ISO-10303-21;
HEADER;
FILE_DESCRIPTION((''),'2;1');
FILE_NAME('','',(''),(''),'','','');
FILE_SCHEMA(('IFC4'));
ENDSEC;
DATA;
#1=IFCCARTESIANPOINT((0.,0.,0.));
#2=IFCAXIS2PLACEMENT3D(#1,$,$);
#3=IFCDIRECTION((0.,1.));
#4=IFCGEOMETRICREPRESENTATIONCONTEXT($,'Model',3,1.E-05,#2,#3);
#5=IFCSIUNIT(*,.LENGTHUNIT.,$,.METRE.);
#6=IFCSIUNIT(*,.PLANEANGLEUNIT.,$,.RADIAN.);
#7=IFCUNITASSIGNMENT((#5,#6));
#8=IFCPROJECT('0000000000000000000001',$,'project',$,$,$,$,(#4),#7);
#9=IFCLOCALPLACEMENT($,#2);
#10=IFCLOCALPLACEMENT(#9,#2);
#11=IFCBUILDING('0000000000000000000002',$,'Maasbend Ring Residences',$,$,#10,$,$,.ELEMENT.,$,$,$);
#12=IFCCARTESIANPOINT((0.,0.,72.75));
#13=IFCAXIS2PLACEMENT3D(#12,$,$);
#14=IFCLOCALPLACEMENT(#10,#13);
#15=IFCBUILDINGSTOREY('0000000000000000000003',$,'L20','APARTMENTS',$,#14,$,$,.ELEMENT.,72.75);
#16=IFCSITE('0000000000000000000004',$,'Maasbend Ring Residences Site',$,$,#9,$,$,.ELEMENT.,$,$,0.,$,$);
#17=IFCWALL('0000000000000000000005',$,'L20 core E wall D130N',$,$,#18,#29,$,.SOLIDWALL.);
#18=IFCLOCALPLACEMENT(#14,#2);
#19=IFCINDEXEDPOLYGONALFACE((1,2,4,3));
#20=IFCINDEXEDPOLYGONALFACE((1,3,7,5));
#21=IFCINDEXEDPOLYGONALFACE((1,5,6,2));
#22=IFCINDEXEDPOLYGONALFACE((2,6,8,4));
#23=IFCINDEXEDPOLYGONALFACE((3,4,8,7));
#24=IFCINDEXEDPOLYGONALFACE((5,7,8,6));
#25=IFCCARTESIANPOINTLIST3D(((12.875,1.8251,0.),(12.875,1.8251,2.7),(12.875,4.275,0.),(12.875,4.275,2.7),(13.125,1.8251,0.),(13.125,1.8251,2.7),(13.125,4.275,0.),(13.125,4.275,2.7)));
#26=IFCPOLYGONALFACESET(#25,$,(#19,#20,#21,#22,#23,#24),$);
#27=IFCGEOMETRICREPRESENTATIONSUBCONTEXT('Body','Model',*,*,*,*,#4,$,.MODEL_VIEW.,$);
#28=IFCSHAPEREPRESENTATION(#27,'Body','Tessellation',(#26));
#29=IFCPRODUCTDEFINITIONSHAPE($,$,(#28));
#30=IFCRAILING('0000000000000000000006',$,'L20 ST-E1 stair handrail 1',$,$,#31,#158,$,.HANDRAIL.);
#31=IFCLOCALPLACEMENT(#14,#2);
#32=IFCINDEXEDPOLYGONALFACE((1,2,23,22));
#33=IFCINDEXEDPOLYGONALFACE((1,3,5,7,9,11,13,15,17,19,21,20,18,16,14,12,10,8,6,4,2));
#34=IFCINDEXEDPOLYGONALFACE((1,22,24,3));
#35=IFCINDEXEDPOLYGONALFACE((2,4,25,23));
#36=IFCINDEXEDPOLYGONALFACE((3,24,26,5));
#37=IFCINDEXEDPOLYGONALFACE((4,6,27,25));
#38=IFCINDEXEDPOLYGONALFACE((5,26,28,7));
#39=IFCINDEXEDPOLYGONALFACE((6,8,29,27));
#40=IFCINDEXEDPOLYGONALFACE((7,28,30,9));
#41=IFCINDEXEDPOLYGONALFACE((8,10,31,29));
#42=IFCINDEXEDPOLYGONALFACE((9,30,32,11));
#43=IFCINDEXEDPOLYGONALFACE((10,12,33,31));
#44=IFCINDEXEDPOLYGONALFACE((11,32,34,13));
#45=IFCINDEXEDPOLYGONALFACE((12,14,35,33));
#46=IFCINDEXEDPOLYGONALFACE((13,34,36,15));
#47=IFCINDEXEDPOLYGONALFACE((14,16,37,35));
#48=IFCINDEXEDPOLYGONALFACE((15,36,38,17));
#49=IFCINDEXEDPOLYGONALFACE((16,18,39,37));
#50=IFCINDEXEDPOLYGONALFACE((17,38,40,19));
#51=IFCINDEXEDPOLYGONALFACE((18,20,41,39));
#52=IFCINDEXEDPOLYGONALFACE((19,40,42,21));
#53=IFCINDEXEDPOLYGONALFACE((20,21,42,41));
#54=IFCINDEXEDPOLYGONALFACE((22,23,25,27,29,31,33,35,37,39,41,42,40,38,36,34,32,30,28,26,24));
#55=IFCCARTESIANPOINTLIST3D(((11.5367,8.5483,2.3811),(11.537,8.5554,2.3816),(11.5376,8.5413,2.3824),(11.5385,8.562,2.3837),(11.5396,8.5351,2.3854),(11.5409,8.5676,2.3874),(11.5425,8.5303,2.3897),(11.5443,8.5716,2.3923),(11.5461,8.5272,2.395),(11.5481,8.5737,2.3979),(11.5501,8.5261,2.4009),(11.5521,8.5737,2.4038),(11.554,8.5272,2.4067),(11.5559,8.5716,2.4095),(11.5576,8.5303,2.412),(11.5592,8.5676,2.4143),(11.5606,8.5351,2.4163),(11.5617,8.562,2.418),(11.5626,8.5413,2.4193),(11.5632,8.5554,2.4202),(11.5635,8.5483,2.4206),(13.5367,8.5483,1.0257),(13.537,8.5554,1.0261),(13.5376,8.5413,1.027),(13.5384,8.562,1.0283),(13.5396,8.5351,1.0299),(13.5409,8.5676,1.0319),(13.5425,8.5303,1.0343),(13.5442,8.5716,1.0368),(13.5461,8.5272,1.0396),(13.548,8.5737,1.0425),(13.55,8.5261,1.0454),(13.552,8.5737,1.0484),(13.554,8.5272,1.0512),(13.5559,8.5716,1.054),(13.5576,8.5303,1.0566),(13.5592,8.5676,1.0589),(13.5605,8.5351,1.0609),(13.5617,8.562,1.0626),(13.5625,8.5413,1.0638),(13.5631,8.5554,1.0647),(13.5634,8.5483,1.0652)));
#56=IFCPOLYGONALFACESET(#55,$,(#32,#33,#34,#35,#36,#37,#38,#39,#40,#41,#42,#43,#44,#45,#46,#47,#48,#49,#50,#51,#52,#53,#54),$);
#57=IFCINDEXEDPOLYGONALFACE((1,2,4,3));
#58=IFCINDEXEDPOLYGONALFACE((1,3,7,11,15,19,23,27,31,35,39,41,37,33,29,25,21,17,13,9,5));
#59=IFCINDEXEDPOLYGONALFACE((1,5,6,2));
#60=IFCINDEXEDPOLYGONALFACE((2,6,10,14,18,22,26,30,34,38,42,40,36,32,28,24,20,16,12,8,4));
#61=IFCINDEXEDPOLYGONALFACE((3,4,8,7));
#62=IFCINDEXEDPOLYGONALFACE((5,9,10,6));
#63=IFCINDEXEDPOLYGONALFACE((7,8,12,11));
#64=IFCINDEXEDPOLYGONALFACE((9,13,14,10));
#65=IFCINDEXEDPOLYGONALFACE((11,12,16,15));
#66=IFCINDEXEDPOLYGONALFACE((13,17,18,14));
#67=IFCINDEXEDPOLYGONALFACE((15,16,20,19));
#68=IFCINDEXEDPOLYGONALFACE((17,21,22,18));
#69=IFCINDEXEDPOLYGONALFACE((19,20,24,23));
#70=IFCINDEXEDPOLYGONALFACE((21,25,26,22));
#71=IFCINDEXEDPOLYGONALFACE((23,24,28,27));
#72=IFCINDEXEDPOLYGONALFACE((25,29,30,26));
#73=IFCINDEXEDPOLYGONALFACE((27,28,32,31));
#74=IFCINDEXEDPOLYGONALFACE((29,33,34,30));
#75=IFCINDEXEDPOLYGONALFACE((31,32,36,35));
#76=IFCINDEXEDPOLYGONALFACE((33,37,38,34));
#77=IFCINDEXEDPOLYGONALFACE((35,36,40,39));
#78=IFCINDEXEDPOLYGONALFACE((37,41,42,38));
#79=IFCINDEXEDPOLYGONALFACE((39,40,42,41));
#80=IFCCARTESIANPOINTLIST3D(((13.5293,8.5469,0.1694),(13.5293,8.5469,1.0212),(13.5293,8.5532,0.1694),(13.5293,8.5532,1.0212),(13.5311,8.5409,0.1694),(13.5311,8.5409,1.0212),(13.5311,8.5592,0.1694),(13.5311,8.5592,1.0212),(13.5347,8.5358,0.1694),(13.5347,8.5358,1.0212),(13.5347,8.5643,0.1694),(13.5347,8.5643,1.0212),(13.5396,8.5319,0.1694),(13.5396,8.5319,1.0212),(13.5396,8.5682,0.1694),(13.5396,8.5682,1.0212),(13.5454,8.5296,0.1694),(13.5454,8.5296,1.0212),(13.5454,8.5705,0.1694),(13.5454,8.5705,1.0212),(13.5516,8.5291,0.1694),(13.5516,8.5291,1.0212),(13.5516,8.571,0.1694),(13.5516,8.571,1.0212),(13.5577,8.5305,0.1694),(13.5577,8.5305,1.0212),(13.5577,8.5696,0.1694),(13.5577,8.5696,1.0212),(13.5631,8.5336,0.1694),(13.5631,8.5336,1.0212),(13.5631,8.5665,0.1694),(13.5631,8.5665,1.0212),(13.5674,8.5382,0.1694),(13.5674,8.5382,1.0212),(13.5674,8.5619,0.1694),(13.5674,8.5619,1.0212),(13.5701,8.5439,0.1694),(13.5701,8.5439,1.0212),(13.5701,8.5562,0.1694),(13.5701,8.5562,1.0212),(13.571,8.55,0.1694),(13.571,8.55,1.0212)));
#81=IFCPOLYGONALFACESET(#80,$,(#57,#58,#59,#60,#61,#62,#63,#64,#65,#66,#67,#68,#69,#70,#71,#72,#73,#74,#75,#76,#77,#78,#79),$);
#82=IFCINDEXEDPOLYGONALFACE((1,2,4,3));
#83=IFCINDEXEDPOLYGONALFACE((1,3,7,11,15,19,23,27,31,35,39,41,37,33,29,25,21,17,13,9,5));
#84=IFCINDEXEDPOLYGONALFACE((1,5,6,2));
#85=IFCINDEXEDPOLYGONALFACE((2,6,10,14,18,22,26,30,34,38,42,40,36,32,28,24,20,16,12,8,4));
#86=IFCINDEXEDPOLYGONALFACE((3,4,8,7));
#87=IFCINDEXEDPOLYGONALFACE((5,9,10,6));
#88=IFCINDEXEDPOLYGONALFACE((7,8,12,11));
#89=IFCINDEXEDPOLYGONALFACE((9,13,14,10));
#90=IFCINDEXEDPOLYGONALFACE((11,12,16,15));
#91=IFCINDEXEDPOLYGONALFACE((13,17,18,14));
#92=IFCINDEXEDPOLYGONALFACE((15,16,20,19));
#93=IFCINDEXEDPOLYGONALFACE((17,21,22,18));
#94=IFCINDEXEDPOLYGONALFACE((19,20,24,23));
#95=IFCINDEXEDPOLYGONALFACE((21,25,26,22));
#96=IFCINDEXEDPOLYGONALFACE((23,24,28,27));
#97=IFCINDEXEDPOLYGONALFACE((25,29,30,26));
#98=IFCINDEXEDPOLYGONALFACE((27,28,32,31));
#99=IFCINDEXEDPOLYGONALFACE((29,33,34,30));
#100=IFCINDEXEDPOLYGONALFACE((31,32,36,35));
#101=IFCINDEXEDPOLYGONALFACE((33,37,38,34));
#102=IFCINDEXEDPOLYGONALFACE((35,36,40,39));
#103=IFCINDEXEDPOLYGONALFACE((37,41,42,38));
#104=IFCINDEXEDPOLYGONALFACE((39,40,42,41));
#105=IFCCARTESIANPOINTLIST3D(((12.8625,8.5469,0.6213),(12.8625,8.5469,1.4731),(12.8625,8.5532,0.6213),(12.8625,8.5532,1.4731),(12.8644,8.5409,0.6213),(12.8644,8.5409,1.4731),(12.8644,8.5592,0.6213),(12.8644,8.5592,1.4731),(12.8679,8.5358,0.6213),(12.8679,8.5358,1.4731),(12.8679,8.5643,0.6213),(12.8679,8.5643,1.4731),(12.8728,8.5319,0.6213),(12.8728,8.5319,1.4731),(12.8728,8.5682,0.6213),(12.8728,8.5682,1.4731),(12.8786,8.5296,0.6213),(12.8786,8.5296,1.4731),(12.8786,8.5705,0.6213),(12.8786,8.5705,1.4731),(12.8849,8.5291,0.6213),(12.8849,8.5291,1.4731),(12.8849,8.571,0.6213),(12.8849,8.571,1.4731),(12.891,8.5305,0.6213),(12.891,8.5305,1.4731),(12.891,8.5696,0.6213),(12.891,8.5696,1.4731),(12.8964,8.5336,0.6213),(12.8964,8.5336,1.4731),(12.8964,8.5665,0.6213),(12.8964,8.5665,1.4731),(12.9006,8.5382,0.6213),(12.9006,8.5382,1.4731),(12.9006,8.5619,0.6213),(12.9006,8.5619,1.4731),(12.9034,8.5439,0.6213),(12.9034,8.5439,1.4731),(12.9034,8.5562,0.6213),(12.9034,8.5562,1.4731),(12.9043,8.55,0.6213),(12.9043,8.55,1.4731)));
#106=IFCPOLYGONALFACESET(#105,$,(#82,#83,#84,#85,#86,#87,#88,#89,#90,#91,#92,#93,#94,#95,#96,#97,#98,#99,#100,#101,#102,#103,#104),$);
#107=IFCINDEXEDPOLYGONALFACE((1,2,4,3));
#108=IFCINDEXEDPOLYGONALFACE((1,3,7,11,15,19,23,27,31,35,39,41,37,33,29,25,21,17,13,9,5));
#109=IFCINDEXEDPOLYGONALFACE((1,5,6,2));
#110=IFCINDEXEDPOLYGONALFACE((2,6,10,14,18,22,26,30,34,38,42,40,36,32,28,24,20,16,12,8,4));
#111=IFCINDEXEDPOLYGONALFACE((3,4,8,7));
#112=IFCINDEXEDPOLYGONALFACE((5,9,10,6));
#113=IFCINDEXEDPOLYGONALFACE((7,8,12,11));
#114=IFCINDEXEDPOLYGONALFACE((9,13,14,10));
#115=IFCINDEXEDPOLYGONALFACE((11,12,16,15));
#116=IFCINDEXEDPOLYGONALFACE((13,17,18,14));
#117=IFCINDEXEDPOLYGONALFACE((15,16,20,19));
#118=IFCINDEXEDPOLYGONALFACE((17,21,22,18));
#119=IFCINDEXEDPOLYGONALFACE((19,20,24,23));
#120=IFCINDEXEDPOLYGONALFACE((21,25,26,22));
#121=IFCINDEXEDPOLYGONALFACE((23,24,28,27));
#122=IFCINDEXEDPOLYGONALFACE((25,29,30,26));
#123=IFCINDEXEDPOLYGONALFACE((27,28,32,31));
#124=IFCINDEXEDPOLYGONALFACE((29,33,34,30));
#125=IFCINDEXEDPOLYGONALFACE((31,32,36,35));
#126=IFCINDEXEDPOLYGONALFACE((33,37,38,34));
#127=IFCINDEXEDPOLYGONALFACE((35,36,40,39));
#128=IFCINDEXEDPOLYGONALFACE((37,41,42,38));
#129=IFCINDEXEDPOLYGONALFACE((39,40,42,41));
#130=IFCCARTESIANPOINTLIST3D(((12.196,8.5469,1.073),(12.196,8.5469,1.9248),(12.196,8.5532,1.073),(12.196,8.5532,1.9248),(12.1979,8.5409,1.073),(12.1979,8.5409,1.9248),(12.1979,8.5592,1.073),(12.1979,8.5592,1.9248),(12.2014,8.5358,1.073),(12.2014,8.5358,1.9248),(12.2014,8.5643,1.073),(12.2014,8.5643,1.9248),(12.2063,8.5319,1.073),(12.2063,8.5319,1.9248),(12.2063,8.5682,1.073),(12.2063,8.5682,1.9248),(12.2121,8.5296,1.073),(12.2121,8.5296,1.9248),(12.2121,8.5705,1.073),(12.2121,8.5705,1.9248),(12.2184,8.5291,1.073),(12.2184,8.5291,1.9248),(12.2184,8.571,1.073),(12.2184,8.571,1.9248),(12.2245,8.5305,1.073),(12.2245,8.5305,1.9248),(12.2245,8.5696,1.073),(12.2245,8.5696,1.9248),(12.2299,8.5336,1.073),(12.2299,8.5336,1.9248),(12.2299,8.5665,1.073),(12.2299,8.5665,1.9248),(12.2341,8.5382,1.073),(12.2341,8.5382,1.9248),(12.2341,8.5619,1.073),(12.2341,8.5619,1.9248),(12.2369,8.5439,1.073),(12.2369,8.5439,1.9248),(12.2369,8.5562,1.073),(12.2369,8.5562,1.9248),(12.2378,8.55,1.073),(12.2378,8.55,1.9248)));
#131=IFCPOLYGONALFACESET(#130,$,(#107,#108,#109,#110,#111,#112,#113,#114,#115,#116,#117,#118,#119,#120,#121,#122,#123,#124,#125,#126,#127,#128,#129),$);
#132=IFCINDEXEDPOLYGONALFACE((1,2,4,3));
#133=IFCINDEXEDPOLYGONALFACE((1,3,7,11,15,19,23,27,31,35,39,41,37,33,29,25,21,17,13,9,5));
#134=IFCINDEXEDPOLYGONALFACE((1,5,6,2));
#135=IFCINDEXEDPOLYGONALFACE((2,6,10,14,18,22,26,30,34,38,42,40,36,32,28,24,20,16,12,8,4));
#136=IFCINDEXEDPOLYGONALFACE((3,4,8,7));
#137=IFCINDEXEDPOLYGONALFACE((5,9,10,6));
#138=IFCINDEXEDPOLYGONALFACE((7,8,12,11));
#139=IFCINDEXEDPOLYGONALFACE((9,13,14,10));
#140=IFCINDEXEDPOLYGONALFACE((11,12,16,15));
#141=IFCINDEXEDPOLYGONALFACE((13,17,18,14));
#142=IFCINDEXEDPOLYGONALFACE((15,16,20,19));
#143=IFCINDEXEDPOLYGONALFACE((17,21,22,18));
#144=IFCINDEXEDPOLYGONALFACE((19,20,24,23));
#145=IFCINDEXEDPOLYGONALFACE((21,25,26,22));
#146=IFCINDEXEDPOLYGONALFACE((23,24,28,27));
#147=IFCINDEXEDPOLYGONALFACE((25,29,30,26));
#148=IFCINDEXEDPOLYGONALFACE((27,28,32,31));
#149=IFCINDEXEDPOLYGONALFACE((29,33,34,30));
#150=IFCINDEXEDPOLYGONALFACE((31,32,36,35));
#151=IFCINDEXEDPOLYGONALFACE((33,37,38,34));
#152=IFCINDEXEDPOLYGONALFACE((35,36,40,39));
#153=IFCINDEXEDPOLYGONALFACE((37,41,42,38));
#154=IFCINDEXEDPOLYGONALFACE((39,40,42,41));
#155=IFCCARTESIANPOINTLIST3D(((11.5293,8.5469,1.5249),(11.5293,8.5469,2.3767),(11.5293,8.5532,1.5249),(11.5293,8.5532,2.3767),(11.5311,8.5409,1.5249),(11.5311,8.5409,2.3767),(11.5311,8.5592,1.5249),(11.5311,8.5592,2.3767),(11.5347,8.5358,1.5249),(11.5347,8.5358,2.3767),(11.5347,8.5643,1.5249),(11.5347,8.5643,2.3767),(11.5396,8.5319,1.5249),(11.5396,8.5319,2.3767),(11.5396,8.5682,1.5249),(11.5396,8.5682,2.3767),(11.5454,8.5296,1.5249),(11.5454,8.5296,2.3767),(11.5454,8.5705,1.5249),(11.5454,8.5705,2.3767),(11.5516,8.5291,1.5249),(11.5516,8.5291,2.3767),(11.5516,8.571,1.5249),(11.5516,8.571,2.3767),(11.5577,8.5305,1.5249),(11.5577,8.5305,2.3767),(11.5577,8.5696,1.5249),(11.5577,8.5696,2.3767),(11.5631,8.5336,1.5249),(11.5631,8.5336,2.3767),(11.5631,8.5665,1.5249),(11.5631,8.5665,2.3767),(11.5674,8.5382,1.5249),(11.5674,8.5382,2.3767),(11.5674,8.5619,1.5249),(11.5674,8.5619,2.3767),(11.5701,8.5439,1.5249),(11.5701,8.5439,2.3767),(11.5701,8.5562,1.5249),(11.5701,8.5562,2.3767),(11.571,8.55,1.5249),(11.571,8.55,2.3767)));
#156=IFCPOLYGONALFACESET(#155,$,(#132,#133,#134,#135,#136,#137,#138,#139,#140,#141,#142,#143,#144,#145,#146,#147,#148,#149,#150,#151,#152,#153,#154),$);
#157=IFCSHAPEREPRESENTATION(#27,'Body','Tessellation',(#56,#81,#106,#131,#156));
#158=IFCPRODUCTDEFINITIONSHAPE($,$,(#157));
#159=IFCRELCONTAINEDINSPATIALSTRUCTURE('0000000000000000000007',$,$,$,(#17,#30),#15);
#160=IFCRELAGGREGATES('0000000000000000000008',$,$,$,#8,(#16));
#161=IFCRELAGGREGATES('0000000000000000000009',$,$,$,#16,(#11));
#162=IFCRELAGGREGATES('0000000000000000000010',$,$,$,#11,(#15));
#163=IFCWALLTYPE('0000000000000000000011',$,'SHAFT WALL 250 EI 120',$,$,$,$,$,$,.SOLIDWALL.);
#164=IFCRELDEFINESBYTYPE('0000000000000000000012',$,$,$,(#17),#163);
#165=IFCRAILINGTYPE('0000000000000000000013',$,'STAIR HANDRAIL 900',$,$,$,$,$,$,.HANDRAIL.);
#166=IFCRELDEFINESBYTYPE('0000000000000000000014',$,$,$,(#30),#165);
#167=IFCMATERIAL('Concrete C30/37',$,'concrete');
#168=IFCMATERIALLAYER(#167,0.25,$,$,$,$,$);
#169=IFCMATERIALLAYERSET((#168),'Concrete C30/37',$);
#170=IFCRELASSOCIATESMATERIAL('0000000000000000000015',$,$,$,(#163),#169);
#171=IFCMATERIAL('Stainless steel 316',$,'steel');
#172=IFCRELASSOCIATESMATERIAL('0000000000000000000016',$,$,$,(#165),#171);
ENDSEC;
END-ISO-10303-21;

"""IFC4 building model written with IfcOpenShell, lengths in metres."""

from ifc_helpers import new_model, si_unit, direction, frame, frame_2d, origin, origin_2d, place, context, subcontext, project, spatial, rectangle, circle, extrude, material, layer, layer_set, type_object, element, save


model = new_model("IFC4")

# Units and contexts
model_context = context("Model", 3, precision=1e-05, world=origin(), true_north=direction((0.0, 1.0)))
body_context = subcontext(model_context, "Body", "Model", "MODEL_VIEW")
ifc_project = project(units=[si_unit("LENGTHUNIT", "METRE"), si_unit("PLANEANGLEUNIT", "RADIAN")], contexts=[model_context])

# Site, building, storey
site_placement = place(None, origin())
site = spatial("IfcSite", under=ifc_project, at=site_placement, Name="Maasbend Ring Residences Site", CompositionType="ELEMENT", RefElevation=0.0)
building_placement = place(site_placement, origin())
building = spatial("IfcBuilding", under=site, at=building_placement, Name="Maasbend Ring Residences", CompositionType="ELEMENT")
storey_placement = place(building_placement, frame((0.0, 0.0, 72.75)))
storey = spatial("IfcBuildingStorey", under=building, at=storey_placement, Name="L20", Description="APARTMENTS", CompositionType="ELEMENT", Elevation=72.75)

# Wall
ifc_material_1 = material(Name="Concrete C30/37", Category="concrete")
ifc_layer_1 = layer(ifc_material_1, 0.25)
ifc_layer_set_1 = layer_set([ifc_layer_1], Name="Concrete C30/37")
wall_type_1 = type_object("IfcWallType", Name="SHAFT WALL 250 EI 120", PredefinedType="SOLIDWALL", material=ifc_layer_set_1)
for number, where, z_axis, x_axis, name in (
    (1, (13.0, 1.825, 0.0), (0.0, 0.0, 1.0), (0.0, 1.0, 0.0), "L20 core E wall D130N"),
):
    element("IfcWall", number, at=place(storey_placement, frame(where, z_axis=z_axis, x_axis=x_axis)), inside=storey, type_object=wall_type_1, Name=name, PredefinedType="SOLIDWALL", context=body_context, shape_type="SweptSolid", body=[
        extrude(rectangle(XDim=2.45, YDim=0.25, at=frame_2d((1.2251, 0.0))), origin(), (0.0, 0.0, 1.0), 2.7),
    ])

# Railing
ifc_material_2 = material(Name="Stainless steel 316", Category="steel")
railing_type_1 = type_object("IfcRailingType", Name="STAIR HANDRAIL 900", PredefinedType="HANDRAIL", material=ifc_material_2)
railing_1_placement = place(storey_placement, frame((13.55, 8.55, 0.1694)))
element("IfcRailing", 2, at=railing_1_placement, inside=storey, type_object=railing_type_1, Name="L20 ST-E1 stair handrail 1", PredefinedType="HANDRAIL", context=body_context, shape_type="SweptSolid", body=[
    extrude(circle(Radius=0.0239, at=origin_2d()), frame((0.0, 0.0, 0.876), z_axis=(-0.827798, 0.0, 0.561027), x_axis=(0.0, -1.0, 0.0)), (0.0, 0.0, 1.0), 2.416),
    extrude(circle(Radius=0.021, at=origin_2d()), origin(), (0.0, 0.0, 1.0), 0.8518),
    extrude(circle(Radius=0.021, at=origin_2d()), frame((-0.6667, 0.0, 0.4519)), (0.0, 0.0, 1.0), 0.8518),
    extrude(circle(Radius=0.021, at=origin_2d()), frame((-1.3333, 0.0, 0.9036)), (0.0, 0.0, 1.0), 0.8518),
    extrude(circle(Radius=0.021, at=origin_2d()), frame((-2.0, 0.0, 1.3555)), (0.0, 0.0, 1.0), 0.8518),
])

save(model, "model.ifc")
